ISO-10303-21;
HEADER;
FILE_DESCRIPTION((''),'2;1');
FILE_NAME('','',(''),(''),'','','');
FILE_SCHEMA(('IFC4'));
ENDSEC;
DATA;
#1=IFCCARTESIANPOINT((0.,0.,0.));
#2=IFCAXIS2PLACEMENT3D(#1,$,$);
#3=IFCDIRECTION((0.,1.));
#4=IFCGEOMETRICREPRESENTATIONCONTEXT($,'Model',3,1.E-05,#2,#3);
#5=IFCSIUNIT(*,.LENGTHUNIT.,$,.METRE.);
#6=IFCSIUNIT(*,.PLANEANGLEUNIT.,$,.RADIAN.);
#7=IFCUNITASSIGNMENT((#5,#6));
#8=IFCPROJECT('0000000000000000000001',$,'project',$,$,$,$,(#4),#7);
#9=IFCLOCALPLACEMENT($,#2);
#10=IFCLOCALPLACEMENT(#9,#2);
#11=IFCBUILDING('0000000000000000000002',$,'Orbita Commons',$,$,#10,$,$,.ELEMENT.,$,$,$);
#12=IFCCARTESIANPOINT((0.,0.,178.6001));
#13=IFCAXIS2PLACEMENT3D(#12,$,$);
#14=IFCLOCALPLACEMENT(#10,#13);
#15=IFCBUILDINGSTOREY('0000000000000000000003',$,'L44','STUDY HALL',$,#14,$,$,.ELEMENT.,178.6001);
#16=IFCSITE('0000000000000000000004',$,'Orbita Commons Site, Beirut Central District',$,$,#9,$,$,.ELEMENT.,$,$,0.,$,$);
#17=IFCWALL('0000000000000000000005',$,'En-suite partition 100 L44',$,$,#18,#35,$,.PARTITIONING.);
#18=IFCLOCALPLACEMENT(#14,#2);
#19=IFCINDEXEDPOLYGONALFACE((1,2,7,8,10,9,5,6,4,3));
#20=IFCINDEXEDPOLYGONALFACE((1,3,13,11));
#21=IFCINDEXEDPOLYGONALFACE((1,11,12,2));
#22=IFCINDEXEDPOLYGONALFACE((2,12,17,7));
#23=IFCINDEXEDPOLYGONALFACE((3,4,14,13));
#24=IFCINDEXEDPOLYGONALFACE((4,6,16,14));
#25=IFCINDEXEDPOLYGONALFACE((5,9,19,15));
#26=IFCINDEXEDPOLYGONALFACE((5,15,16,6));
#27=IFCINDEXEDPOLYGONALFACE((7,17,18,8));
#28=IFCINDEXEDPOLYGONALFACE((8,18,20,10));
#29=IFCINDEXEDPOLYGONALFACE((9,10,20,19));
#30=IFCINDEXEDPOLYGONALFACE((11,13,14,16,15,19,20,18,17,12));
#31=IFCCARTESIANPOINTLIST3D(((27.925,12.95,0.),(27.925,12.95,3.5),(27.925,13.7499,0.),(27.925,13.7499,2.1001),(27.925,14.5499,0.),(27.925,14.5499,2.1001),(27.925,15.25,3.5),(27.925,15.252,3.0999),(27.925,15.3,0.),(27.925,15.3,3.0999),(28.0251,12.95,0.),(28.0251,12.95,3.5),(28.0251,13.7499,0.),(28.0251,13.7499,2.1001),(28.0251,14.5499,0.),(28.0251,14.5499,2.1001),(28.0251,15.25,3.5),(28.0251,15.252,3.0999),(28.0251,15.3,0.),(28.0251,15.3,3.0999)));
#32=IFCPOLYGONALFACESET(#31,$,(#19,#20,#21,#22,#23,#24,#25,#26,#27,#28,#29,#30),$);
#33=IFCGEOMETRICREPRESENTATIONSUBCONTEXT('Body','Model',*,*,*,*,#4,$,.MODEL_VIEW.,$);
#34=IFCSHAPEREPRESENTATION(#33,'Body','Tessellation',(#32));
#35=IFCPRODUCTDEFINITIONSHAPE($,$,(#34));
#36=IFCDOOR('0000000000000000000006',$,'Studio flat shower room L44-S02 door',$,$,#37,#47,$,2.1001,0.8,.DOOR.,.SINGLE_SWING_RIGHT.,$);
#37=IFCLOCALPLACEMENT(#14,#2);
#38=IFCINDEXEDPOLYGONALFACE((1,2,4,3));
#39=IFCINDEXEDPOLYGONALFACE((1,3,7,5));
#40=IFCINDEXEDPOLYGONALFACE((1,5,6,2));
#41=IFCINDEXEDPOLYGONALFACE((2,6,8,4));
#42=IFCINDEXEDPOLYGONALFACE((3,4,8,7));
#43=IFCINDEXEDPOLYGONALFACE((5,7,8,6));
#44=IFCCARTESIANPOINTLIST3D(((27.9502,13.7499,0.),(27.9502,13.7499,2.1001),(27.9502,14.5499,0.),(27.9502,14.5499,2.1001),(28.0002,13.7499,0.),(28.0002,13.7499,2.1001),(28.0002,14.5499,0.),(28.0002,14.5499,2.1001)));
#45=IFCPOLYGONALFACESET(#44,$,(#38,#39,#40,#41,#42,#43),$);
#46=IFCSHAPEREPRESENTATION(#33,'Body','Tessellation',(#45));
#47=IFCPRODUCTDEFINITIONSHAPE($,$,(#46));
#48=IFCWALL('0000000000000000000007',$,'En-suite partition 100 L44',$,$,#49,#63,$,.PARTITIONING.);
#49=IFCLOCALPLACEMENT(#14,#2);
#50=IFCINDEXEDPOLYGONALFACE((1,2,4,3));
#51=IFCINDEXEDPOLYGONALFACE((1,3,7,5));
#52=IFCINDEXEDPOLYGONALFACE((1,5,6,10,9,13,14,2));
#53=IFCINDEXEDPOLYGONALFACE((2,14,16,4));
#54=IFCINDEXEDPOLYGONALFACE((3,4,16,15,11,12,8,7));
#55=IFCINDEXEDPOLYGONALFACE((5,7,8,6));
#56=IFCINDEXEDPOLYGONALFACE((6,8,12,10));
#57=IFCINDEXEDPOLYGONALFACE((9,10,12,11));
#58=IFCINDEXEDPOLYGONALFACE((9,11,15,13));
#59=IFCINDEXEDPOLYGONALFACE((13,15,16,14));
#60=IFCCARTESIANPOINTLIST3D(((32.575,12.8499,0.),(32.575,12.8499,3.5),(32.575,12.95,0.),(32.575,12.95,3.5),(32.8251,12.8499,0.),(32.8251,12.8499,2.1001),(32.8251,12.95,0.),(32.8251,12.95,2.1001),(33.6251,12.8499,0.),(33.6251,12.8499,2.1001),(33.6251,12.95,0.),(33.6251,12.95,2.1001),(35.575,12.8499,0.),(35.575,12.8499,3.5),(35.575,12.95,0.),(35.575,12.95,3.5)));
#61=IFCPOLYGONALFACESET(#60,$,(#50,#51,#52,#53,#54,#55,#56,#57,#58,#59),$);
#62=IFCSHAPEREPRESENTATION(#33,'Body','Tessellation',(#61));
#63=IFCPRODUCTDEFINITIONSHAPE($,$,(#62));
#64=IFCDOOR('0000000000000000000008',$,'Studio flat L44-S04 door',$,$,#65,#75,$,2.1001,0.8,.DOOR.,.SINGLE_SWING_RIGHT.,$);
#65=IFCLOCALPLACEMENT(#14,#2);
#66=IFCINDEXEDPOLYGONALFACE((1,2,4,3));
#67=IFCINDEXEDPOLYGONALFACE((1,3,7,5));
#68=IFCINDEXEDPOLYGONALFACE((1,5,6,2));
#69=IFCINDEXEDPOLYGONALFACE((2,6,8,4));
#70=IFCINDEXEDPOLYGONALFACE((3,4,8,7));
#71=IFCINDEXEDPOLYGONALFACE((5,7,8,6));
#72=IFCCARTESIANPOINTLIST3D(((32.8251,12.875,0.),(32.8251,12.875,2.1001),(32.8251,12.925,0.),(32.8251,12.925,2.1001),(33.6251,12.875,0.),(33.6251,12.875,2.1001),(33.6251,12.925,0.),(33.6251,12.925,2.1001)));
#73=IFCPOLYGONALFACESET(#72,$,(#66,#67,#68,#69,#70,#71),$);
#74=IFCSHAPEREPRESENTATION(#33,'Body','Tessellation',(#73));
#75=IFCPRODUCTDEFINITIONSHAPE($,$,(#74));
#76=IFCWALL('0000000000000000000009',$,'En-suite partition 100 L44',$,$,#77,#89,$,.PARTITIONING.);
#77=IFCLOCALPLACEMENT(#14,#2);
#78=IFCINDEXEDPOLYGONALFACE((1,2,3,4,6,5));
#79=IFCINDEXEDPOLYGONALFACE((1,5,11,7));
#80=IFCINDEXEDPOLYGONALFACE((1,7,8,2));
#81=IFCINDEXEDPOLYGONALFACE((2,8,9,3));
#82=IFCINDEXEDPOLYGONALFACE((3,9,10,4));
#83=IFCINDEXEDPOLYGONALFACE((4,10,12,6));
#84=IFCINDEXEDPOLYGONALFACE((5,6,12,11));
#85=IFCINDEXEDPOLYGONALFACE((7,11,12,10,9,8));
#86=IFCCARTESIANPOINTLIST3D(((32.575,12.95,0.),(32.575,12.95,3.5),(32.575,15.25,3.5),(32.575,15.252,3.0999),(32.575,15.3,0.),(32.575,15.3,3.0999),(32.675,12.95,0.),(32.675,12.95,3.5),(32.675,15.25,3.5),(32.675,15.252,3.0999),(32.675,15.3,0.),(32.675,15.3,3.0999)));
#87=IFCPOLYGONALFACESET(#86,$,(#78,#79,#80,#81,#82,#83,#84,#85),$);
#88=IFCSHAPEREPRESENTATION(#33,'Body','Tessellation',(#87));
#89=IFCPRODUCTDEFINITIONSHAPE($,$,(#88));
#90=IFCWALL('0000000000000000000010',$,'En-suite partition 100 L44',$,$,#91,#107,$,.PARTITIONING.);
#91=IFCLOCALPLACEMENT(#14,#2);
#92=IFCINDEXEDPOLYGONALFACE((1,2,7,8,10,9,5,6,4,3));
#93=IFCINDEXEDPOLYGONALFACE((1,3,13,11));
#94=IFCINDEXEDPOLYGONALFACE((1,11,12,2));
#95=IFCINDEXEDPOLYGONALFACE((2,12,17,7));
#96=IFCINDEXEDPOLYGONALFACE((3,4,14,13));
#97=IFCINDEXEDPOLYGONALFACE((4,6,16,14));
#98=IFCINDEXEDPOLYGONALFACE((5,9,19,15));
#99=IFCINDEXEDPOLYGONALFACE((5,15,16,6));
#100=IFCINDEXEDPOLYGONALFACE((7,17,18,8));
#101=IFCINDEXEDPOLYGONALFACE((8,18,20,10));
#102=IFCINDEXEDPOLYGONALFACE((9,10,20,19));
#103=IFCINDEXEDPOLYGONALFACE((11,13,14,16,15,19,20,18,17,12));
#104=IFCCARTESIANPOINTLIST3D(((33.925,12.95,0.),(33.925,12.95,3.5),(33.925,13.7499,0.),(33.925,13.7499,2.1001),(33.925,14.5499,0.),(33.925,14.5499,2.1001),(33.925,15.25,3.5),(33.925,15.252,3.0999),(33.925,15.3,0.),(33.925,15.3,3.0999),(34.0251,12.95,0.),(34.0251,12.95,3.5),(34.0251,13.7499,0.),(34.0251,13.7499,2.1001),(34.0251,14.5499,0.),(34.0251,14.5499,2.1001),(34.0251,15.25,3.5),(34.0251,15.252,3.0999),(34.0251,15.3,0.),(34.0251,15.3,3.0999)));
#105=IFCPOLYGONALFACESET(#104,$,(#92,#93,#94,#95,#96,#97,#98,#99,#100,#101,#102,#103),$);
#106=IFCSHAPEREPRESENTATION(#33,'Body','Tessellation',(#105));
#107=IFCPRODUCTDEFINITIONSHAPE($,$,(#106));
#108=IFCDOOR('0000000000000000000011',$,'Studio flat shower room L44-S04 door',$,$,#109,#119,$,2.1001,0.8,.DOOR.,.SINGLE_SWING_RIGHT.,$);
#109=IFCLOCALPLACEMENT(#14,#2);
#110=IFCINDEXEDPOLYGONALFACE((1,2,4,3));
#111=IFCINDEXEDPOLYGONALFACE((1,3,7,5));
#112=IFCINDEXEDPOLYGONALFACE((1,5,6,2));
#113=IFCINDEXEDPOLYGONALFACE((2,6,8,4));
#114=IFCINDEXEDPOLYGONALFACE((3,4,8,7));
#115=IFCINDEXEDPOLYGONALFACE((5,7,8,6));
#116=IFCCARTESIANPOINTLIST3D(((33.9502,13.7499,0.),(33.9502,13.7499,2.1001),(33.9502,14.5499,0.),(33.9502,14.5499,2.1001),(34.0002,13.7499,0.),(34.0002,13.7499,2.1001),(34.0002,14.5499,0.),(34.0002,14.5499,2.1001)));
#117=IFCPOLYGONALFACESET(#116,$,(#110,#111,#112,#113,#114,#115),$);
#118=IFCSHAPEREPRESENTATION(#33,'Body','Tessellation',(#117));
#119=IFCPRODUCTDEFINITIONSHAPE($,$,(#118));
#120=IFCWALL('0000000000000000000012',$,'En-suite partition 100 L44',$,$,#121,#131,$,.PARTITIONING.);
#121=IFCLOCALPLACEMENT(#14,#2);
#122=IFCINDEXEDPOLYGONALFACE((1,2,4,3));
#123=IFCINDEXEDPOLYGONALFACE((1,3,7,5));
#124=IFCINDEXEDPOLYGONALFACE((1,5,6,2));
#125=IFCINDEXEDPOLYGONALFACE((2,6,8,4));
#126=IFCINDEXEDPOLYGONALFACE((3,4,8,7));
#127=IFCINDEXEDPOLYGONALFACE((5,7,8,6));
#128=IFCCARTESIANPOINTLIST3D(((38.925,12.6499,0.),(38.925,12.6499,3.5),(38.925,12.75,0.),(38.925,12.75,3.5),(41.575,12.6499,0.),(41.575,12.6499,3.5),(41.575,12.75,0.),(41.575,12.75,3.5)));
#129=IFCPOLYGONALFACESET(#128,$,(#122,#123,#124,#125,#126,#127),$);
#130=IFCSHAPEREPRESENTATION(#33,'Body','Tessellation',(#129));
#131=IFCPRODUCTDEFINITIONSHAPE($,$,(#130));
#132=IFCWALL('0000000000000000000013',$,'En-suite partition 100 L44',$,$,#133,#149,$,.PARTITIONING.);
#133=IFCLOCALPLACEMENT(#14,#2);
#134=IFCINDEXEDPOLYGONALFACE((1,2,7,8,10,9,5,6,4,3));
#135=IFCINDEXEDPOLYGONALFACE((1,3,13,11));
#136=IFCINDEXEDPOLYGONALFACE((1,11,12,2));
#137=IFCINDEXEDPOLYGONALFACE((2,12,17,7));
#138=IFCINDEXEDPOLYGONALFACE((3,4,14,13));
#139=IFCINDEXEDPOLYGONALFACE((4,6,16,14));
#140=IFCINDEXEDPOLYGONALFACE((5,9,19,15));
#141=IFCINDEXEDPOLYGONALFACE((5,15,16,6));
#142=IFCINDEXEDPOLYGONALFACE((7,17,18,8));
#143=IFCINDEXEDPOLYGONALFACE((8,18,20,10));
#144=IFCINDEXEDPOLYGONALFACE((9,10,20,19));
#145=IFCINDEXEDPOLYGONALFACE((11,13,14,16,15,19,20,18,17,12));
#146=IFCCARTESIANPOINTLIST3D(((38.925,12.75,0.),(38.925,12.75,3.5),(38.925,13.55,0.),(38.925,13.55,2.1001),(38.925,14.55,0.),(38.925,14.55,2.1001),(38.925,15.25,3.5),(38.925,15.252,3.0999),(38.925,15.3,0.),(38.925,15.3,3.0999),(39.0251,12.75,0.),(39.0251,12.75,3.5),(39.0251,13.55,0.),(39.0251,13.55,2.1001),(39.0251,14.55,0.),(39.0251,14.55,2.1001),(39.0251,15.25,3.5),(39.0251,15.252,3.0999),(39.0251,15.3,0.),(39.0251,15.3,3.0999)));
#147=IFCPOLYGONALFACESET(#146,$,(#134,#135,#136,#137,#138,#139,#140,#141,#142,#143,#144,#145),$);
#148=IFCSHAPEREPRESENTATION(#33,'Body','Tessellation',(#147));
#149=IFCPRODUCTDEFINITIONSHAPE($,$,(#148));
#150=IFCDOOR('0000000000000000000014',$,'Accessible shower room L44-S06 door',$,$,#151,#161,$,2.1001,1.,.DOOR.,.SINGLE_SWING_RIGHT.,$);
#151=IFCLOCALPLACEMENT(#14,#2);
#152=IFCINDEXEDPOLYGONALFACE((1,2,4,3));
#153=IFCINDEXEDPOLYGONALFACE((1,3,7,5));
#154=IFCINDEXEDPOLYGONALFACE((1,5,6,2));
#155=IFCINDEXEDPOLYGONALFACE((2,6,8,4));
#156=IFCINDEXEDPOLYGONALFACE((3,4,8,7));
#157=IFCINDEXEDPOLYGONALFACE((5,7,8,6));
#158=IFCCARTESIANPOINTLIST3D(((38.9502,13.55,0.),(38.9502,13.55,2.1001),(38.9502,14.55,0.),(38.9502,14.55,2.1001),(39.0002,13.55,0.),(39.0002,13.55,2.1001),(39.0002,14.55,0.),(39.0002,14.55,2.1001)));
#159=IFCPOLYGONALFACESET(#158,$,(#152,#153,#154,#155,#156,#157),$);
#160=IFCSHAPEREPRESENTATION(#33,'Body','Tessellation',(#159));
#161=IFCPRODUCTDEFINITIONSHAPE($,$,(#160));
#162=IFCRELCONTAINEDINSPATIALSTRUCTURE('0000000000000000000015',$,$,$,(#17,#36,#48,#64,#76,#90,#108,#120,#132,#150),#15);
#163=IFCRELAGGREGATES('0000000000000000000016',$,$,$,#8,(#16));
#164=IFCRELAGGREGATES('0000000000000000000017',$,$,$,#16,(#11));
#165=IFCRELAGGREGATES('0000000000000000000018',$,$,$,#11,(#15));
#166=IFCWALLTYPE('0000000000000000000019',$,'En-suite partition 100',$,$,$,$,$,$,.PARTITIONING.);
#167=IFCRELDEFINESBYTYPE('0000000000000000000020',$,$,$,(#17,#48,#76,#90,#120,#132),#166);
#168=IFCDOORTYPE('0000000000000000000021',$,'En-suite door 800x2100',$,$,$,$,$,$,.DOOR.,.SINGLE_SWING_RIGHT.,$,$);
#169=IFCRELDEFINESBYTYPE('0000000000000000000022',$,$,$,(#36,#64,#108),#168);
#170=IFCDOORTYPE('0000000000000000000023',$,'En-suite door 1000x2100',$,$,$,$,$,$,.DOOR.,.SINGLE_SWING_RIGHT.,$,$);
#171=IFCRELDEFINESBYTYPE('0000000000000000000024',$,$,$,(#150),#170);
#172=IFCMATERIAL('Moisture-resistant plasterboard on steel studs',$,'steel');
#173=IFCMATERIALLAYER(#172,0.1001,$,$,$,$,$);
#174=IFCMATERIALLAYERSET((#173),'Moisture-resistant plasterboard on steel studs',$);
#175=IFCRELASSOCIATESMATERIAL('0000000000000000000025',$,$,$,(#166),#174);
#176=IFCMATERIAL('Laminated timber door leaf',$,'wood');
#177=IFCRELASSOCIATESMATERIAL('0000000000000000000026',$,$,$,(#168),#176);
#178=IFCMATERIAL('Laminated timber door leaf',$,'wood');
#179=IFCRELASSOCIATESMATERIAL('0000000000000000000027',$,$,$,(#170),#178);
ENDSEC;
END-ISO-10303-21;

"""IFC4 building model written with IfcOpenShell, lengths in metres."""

from ifc_helpers import new_model, si_unit, direction, frame, frame_2d, origin, place, context, subcontext, project, spatial, polyline, rectangle, outline, extrude, material, layer, layer_set, type_object, element, fill, save


model = new_model("IFC4")

# Units and contexts
model_context = context("Model", 3, precision=1e-05, world=origin(), true_north=direction((0.0, 1.0)))
body_context = subcontext(model_context, "Body", "Model", "MODEL_VIEW")
ifc_project = project(units=[si_unit("LENGTHUNIT", "METRE"), si_unit("PLANEANGLEUNIT", "RADIAN")], contexts=[model_context])

# Site, building, storey
site_placement = place(None, origin())
site = spatial("IfcSite", under=ifc_project, at=site_placement, Name="Orbita Commons Site, Beirut Central District", CompositionType="ELEMENT", RefElevation=0.0)
building_placement = place(site_placement, origin())
building = spatial("IfcBuilding", under=site, at=building_placement, Name="Orbita Commons", CompositionType="ELEMENT")
storey_placement = place(building_placement, frame((0.0, 0.0, 178.6001)))
storey = spatial("IfcBuildingStorey", under=building, at=storey_placement, Name="L44", Description="STUDY HALL", CompositionType="ELEMENT", Elevation=178.6001)

# Shared definitions
ifc_material_1 = material(Name="Moisture-resistant plasterboard on steel studs", Category="steel")
ifc_layer_1 = layer(ifc_material_1, 0.1001)
ifc_layer_set_1 = layer_set([ifc_layer_1], Name="Moisture-resistant plasterboard on steel studs")
wall_type_1 = type_object("IfcWallType", Name="En-suite partition 100", PredefinedType="PARTITIONING", material=ifc_layer_set_1)
ifc_material_2 = material(Name="Laminated timber door leaf", Category="wood")
door_type_1 = type_object("IfcDoorType", Name="En-suite door 800x2100", OperationType="SINGLE_SWING_RIGHT", PredefinedType="DOOR", material=ifc_material_2)

# Walls, openings, doors
wall_1_placement = place(storey_placement, frame((27.9751, 12.95, 0.0), z_axis=(0.0, 0.0, 1.0), x_axis=(0.0, 1.0, 0.0)))
wall_1 = element("IfcWall", 1, at=wall_1_placement, inside=storey, type_object=wall_type_1, Name="En-suite partition 100 L44", PredefinedType="PARTITIONING", context=body_context, shape_type="SweptSolid", body=[
    extrude(outline(polyline([(0.0, 0.0), (2.3501, 0.0), (2.3501, 3.0999), (2.302, 3.0999), (2.3, 3.5), (0.0, 3.5), (0.0, 0.0)])), frame((0.0, 0.05, 0.0), z_axis=(0.0, -1.0, 0.0), x_axis=(1.0, 0.0, 0.0)), (0.0, 0.0, 1.0), 0.1001),
])
opening_1_placement = place(wall_1_placement, frame((0.8, 0.0, 0.0)))
opening_1 = element("IfcOpeningElement", 2, at=opening_1_placement, cuts=wall_1, PredefinedType="OPENING", context=body_context, shape_type="SweptSolid", body=[
    extrude(rectangle(XDim=0.8, YDim=2.1001, at=frame_2d((0.3999, 1.05))), frame((0.0, 0.0601, 0.0), z_axis=(0.0, -1.0, 0.0), x_axis=(1.0, 0.0, 0.0)), (0.0, 0.0, 1.0), 0.1201),
])
door_1_placement = place(opening_1_placement, origin())
door_1 = element("IfcDoor", 3, at=door_1_placement, inside=storey, type_object=door_type_1, Name="Studio flat shower room L44-S02 door", OperationType="SINGLE_SWING_RIGHT", OverallHeight=2.1001, OverallWidth=0.8, PredefinedType="DOOR", context=body_context, shape_type="SweptSolid", body=[
    extrude(rectangle(XDim=0.8, YDim=2.1001, at=frame_2d((0.3999, 1.05))), frame((0.0, 0.0249, 0.0), z_axis=(0.0, -1.0, 0.0), x_axis=(1.0, 0.0, 0.0)), (0.0, 0.0, 1.0), 0.05),
])
fill(opening_1, door_1)
wall_2_placement = place(storey_placement, frame((35.575, 12.8999, 0.0), z_axis=(0.0, 0.0, 1.0), x_axis=(-1.0, 0.0, 0.0)))
wall_2 = element("IfcWall", 4, at=wall_2_placement, inside=storey, type_object=wall_type_1, Name="En-suite partition 100 L44", PredefinedType="PARTITIONING", context=body_context, shape_type="SweptSolid", body=[
    extrude(rectangle(XDim=3.0, YDim=0.1001, at=frame_2d((1.5, 0.0))), origin(), (0.0, 0.0, 1.0), 3.5),
])
opening_2_placement = place(wall_2_placement, frame((1.95, 0.0, 0.0)))
opening_2 = element("IfcOpeningElement", 5, at=opening_2_placement, cuts=wall_2, PredefinedType="OPENING", context=body_context, shape_type="SweptSolid", body=[
    extrude(rectangle(XDim=0.8, YDim=2.1001, at=frame_2d((0.3999, 1.05))), frame((0.0, 0.0601, 0.0), z_axis=(0.0, -1.0, 0.0), x_axis=(1.0, 0.0, 0.0)), (0.0, 0.0, 1.0), 0.1201),
])
door_2_placement = place(opening_2_placement, origin())
door_2 = element("IfcDoor", 6, at=door_2_placement, inside=storey, type_object=door_type_1, Name="Studio flat L44-S04 door", OperationType="SINGLE_SWING_RIGHT", OverallHeight=2.1001, OverallWidth=0.8, PredefinedType="DOOR", context=body_context, shape_type="SweptSolid", body=[
    extrude(rectangle(XDim=0.8, YDim=2.1001, at=frame_2d((0.3999, 1.05))), frame((0.0, 0.0249, 0.0), z_axis=(0.0, -1.0, 0.0), x_axis=(1.0, 0.0, 0.0)), (0.0, 0.0, 1.0), 0.05),
])
fill(opening_2, door_2)

# Wall
wall_3_placement = place(storey_placement, frame((32.625, 12.95, 0.0), z_axis=(0.0, 0.0, 1.0), x_axis=(0.0, 1.0, 0.0)))
element("IfcWall", 7, at=wall_3_placement, inside=storey, type_object=wall_type_1, Name="En-suite partition 100 L44", PredefinedType="PARTITIONING", context=body_context, shape_type="SweptSolid", body=[
    extrude(outline(polyline([(0.0, 0.0), (2.3501, 0.0), (2.3501, 3.0999), (2.302, 3.0999), (2.3, 3.5), (0.0, 3.5), (0.0, 0.0)])), frame((0.0, 0.05, 0.0), z_axis=(0.0, -1.0, 0.0), x_axis=(1.0, 0.0, 0.0)), (0.0, 0.0, 1.0), 0.1001),
])

# Wall, opening, door
wall_4_placement = place(storey_placement, frame((33.9751, 12.95, 0.0), z_axis=(0.0, 0.0, 1.0), x_axis=(0.0, 1.0, 0.0)))
wall_4 = element("IfcWall", 8, at=wall_4_placement, inside=storey, type_object=wall_type_1, Name="En-suite partition 100 L44", PredefinedType="PARTITIONING", context=body_context, shape_type="SweptSolid", body=[
    extrude(outline(polyline([(0.0, 0.0), (2.3501, 0.0), (2.3501, 3.0999), (2.302, 3.0999), (2.3, 3.5), (0.0, 3.5), (0.0, 0.0)])), frame((0.0, 0.05, 0.0), z_axis=(0.0, -1.0, 0.0), x_axis=(1.0, 0.0, 0.0)), (0.0, 0.0, 1.0), 0.1001),
])
opening_3_placement = place(wall_4_placement, frame((0.8, 0.0, 0.0)))
opening_3 = element("IfcOpeningElement", 9, at=opening_3_placement, cuts=wall_4, PredefinedType="OPENING", context=body_context, shape_type="SweptSolid", body=[
    extrude(rectangle(XDim=0.8, YDim=2.1001, at=frame_2d((0.3999, 1.05))), frame((0.0, 0.0601, 0.0), z_axis=(0.0, -1.0, 0.0), x_axis=(1.0, 0.0, 0.0)), (0.0, 0.0, 1.0), 0.1201),
])
door_3_placement = place(opening_3_placement, origin())
door_3 = element("IfcDoor", 10, at=door_3_placement, inside=storey, type_object=door_type_1, Name="Studio flat shower room L44-S04 door", OperationType="SINGLE_SWING_RIGHT", OverallHeight=2.1001, OverallWidth=0.8, PredefinedType="DOOR", context=body_context, shape_type="SweptSolid", body=[
    extrude(rectangle(XDim=0.8, YDim=2.1001, at=frame_2d((0.3999, 1.05))), frame((0.0, 0.0249, 0.0), z_axis=(0.0, -1.0, 0.0), x_axis=(1.0, 0.0, 0.0)), (0.0, 0.0, 1.0), 0.05),
])
fill(opening_3, door_3)

# Wall
wall_5_placement = place(storey_placement, frame((38.925, 12.7, 0.0), z_axis=(0.0, 0.0, 1.0), x_axis=(1.0, 0.0, 0.0)))
element("IfcWall", 11, at=wall_5_placement, inside=storey, type_object=wall_type_1, Name="En-suite partition 100 L44", PredefinedType="PARTITIONING", context=body_context, shape_type="SweptSolid", body=[
    extrude(rectangle(XDim=2.6499, YDim=0.1001, at=frame_2d((1.325, 0.0))), origin(), (0.0, 0.0, 1.0), 3.5),
])

# Wall, opening, door
wall_6_placement = place(storey_placement, frame((38.9751, 12.75, 0.0), z_axis=(0.0, 0.0, 1.0), x_axis=(0.0, 1.0, 0.0)))
wall_6 = element("IfcWall", 12, at=wall_6_placement, inside=storey, type_object=wall_type_1, Name="En-suite partition 100 L44", PredefinedType="PARTITIONING", context=body_context, shape_type="SweptSolid", body=[
    extrude(outline(polyline([(0.0, 0.0), (2.55, 0.0), (2.55, 3.0999), (2.502, 3.0999), (2.5, 3.5), (0.0, 3.5), (0.0, 0.0)])), frame((0.0, 0.05, 0.0), z_axis=(0.0, -1.0, 0.0), x_axis=(1.0, 0.0, 0.0)), (0.0, 0.0, 1.0), 0.1001),
])
opening_4_placement = place(wall_6_placement, frame((0.8, 0.0, 0.0)))
opening_4 = element("IfcOpeningElement", 13, at=opening_4_placement, cuts=wall_6, PredefinedType="OPENING", context=body_context, shape_type="SweptSolid", body=[
    extrude(rectangle(XDim=1.0, YDim=2.1001, at=frame_2d((0.5, 1.05))), frame((0.0, 0.0601, 0.0), z_axis=(0.0, -1.0, 0.0), x_axis=(1.0, 0.0, 0.0)), (0.0, 0.0, 1.0), 0.1201),
])
ifc_material_3 = material(Name="Laminated timber door leaf", Category="wood")
door_type_2 = type_object("IfcDoorType", Name="En-suite door 1000x2100", OperationType="SINGLE_SWING_RIGHT", PredefinedType="DOOR", material=ifc_material_3)
door_4_placement = place(opening_4_placement, origin())
door_4 = element("IfcDoor", 14, at=door_4_placement, inside=storey, type_object=door_type_2, Name="Accessible shower room L44-S06 door", OperationType="SINGLE_SWING_RIGHT", OverallHeight=2.1001, OverallWidth=1.0, PredefinedType="DOOR", context=body_context, shape_type="SweptSolid", body=[
    extrude(rectangle(XDim=1.0, YDim=2.1001, at=frame_2d((0.5, 1.05))), frame((0.0, 0.0249, 0.0), z_axis=(0.0, -1.0, 0.0), x_axis=(1.0, 0.0, 0.0)), (0.0, 0.0, 1.0), 0.05),
])
fill(opening_4, door_4)

save(model, "model.ifc")
